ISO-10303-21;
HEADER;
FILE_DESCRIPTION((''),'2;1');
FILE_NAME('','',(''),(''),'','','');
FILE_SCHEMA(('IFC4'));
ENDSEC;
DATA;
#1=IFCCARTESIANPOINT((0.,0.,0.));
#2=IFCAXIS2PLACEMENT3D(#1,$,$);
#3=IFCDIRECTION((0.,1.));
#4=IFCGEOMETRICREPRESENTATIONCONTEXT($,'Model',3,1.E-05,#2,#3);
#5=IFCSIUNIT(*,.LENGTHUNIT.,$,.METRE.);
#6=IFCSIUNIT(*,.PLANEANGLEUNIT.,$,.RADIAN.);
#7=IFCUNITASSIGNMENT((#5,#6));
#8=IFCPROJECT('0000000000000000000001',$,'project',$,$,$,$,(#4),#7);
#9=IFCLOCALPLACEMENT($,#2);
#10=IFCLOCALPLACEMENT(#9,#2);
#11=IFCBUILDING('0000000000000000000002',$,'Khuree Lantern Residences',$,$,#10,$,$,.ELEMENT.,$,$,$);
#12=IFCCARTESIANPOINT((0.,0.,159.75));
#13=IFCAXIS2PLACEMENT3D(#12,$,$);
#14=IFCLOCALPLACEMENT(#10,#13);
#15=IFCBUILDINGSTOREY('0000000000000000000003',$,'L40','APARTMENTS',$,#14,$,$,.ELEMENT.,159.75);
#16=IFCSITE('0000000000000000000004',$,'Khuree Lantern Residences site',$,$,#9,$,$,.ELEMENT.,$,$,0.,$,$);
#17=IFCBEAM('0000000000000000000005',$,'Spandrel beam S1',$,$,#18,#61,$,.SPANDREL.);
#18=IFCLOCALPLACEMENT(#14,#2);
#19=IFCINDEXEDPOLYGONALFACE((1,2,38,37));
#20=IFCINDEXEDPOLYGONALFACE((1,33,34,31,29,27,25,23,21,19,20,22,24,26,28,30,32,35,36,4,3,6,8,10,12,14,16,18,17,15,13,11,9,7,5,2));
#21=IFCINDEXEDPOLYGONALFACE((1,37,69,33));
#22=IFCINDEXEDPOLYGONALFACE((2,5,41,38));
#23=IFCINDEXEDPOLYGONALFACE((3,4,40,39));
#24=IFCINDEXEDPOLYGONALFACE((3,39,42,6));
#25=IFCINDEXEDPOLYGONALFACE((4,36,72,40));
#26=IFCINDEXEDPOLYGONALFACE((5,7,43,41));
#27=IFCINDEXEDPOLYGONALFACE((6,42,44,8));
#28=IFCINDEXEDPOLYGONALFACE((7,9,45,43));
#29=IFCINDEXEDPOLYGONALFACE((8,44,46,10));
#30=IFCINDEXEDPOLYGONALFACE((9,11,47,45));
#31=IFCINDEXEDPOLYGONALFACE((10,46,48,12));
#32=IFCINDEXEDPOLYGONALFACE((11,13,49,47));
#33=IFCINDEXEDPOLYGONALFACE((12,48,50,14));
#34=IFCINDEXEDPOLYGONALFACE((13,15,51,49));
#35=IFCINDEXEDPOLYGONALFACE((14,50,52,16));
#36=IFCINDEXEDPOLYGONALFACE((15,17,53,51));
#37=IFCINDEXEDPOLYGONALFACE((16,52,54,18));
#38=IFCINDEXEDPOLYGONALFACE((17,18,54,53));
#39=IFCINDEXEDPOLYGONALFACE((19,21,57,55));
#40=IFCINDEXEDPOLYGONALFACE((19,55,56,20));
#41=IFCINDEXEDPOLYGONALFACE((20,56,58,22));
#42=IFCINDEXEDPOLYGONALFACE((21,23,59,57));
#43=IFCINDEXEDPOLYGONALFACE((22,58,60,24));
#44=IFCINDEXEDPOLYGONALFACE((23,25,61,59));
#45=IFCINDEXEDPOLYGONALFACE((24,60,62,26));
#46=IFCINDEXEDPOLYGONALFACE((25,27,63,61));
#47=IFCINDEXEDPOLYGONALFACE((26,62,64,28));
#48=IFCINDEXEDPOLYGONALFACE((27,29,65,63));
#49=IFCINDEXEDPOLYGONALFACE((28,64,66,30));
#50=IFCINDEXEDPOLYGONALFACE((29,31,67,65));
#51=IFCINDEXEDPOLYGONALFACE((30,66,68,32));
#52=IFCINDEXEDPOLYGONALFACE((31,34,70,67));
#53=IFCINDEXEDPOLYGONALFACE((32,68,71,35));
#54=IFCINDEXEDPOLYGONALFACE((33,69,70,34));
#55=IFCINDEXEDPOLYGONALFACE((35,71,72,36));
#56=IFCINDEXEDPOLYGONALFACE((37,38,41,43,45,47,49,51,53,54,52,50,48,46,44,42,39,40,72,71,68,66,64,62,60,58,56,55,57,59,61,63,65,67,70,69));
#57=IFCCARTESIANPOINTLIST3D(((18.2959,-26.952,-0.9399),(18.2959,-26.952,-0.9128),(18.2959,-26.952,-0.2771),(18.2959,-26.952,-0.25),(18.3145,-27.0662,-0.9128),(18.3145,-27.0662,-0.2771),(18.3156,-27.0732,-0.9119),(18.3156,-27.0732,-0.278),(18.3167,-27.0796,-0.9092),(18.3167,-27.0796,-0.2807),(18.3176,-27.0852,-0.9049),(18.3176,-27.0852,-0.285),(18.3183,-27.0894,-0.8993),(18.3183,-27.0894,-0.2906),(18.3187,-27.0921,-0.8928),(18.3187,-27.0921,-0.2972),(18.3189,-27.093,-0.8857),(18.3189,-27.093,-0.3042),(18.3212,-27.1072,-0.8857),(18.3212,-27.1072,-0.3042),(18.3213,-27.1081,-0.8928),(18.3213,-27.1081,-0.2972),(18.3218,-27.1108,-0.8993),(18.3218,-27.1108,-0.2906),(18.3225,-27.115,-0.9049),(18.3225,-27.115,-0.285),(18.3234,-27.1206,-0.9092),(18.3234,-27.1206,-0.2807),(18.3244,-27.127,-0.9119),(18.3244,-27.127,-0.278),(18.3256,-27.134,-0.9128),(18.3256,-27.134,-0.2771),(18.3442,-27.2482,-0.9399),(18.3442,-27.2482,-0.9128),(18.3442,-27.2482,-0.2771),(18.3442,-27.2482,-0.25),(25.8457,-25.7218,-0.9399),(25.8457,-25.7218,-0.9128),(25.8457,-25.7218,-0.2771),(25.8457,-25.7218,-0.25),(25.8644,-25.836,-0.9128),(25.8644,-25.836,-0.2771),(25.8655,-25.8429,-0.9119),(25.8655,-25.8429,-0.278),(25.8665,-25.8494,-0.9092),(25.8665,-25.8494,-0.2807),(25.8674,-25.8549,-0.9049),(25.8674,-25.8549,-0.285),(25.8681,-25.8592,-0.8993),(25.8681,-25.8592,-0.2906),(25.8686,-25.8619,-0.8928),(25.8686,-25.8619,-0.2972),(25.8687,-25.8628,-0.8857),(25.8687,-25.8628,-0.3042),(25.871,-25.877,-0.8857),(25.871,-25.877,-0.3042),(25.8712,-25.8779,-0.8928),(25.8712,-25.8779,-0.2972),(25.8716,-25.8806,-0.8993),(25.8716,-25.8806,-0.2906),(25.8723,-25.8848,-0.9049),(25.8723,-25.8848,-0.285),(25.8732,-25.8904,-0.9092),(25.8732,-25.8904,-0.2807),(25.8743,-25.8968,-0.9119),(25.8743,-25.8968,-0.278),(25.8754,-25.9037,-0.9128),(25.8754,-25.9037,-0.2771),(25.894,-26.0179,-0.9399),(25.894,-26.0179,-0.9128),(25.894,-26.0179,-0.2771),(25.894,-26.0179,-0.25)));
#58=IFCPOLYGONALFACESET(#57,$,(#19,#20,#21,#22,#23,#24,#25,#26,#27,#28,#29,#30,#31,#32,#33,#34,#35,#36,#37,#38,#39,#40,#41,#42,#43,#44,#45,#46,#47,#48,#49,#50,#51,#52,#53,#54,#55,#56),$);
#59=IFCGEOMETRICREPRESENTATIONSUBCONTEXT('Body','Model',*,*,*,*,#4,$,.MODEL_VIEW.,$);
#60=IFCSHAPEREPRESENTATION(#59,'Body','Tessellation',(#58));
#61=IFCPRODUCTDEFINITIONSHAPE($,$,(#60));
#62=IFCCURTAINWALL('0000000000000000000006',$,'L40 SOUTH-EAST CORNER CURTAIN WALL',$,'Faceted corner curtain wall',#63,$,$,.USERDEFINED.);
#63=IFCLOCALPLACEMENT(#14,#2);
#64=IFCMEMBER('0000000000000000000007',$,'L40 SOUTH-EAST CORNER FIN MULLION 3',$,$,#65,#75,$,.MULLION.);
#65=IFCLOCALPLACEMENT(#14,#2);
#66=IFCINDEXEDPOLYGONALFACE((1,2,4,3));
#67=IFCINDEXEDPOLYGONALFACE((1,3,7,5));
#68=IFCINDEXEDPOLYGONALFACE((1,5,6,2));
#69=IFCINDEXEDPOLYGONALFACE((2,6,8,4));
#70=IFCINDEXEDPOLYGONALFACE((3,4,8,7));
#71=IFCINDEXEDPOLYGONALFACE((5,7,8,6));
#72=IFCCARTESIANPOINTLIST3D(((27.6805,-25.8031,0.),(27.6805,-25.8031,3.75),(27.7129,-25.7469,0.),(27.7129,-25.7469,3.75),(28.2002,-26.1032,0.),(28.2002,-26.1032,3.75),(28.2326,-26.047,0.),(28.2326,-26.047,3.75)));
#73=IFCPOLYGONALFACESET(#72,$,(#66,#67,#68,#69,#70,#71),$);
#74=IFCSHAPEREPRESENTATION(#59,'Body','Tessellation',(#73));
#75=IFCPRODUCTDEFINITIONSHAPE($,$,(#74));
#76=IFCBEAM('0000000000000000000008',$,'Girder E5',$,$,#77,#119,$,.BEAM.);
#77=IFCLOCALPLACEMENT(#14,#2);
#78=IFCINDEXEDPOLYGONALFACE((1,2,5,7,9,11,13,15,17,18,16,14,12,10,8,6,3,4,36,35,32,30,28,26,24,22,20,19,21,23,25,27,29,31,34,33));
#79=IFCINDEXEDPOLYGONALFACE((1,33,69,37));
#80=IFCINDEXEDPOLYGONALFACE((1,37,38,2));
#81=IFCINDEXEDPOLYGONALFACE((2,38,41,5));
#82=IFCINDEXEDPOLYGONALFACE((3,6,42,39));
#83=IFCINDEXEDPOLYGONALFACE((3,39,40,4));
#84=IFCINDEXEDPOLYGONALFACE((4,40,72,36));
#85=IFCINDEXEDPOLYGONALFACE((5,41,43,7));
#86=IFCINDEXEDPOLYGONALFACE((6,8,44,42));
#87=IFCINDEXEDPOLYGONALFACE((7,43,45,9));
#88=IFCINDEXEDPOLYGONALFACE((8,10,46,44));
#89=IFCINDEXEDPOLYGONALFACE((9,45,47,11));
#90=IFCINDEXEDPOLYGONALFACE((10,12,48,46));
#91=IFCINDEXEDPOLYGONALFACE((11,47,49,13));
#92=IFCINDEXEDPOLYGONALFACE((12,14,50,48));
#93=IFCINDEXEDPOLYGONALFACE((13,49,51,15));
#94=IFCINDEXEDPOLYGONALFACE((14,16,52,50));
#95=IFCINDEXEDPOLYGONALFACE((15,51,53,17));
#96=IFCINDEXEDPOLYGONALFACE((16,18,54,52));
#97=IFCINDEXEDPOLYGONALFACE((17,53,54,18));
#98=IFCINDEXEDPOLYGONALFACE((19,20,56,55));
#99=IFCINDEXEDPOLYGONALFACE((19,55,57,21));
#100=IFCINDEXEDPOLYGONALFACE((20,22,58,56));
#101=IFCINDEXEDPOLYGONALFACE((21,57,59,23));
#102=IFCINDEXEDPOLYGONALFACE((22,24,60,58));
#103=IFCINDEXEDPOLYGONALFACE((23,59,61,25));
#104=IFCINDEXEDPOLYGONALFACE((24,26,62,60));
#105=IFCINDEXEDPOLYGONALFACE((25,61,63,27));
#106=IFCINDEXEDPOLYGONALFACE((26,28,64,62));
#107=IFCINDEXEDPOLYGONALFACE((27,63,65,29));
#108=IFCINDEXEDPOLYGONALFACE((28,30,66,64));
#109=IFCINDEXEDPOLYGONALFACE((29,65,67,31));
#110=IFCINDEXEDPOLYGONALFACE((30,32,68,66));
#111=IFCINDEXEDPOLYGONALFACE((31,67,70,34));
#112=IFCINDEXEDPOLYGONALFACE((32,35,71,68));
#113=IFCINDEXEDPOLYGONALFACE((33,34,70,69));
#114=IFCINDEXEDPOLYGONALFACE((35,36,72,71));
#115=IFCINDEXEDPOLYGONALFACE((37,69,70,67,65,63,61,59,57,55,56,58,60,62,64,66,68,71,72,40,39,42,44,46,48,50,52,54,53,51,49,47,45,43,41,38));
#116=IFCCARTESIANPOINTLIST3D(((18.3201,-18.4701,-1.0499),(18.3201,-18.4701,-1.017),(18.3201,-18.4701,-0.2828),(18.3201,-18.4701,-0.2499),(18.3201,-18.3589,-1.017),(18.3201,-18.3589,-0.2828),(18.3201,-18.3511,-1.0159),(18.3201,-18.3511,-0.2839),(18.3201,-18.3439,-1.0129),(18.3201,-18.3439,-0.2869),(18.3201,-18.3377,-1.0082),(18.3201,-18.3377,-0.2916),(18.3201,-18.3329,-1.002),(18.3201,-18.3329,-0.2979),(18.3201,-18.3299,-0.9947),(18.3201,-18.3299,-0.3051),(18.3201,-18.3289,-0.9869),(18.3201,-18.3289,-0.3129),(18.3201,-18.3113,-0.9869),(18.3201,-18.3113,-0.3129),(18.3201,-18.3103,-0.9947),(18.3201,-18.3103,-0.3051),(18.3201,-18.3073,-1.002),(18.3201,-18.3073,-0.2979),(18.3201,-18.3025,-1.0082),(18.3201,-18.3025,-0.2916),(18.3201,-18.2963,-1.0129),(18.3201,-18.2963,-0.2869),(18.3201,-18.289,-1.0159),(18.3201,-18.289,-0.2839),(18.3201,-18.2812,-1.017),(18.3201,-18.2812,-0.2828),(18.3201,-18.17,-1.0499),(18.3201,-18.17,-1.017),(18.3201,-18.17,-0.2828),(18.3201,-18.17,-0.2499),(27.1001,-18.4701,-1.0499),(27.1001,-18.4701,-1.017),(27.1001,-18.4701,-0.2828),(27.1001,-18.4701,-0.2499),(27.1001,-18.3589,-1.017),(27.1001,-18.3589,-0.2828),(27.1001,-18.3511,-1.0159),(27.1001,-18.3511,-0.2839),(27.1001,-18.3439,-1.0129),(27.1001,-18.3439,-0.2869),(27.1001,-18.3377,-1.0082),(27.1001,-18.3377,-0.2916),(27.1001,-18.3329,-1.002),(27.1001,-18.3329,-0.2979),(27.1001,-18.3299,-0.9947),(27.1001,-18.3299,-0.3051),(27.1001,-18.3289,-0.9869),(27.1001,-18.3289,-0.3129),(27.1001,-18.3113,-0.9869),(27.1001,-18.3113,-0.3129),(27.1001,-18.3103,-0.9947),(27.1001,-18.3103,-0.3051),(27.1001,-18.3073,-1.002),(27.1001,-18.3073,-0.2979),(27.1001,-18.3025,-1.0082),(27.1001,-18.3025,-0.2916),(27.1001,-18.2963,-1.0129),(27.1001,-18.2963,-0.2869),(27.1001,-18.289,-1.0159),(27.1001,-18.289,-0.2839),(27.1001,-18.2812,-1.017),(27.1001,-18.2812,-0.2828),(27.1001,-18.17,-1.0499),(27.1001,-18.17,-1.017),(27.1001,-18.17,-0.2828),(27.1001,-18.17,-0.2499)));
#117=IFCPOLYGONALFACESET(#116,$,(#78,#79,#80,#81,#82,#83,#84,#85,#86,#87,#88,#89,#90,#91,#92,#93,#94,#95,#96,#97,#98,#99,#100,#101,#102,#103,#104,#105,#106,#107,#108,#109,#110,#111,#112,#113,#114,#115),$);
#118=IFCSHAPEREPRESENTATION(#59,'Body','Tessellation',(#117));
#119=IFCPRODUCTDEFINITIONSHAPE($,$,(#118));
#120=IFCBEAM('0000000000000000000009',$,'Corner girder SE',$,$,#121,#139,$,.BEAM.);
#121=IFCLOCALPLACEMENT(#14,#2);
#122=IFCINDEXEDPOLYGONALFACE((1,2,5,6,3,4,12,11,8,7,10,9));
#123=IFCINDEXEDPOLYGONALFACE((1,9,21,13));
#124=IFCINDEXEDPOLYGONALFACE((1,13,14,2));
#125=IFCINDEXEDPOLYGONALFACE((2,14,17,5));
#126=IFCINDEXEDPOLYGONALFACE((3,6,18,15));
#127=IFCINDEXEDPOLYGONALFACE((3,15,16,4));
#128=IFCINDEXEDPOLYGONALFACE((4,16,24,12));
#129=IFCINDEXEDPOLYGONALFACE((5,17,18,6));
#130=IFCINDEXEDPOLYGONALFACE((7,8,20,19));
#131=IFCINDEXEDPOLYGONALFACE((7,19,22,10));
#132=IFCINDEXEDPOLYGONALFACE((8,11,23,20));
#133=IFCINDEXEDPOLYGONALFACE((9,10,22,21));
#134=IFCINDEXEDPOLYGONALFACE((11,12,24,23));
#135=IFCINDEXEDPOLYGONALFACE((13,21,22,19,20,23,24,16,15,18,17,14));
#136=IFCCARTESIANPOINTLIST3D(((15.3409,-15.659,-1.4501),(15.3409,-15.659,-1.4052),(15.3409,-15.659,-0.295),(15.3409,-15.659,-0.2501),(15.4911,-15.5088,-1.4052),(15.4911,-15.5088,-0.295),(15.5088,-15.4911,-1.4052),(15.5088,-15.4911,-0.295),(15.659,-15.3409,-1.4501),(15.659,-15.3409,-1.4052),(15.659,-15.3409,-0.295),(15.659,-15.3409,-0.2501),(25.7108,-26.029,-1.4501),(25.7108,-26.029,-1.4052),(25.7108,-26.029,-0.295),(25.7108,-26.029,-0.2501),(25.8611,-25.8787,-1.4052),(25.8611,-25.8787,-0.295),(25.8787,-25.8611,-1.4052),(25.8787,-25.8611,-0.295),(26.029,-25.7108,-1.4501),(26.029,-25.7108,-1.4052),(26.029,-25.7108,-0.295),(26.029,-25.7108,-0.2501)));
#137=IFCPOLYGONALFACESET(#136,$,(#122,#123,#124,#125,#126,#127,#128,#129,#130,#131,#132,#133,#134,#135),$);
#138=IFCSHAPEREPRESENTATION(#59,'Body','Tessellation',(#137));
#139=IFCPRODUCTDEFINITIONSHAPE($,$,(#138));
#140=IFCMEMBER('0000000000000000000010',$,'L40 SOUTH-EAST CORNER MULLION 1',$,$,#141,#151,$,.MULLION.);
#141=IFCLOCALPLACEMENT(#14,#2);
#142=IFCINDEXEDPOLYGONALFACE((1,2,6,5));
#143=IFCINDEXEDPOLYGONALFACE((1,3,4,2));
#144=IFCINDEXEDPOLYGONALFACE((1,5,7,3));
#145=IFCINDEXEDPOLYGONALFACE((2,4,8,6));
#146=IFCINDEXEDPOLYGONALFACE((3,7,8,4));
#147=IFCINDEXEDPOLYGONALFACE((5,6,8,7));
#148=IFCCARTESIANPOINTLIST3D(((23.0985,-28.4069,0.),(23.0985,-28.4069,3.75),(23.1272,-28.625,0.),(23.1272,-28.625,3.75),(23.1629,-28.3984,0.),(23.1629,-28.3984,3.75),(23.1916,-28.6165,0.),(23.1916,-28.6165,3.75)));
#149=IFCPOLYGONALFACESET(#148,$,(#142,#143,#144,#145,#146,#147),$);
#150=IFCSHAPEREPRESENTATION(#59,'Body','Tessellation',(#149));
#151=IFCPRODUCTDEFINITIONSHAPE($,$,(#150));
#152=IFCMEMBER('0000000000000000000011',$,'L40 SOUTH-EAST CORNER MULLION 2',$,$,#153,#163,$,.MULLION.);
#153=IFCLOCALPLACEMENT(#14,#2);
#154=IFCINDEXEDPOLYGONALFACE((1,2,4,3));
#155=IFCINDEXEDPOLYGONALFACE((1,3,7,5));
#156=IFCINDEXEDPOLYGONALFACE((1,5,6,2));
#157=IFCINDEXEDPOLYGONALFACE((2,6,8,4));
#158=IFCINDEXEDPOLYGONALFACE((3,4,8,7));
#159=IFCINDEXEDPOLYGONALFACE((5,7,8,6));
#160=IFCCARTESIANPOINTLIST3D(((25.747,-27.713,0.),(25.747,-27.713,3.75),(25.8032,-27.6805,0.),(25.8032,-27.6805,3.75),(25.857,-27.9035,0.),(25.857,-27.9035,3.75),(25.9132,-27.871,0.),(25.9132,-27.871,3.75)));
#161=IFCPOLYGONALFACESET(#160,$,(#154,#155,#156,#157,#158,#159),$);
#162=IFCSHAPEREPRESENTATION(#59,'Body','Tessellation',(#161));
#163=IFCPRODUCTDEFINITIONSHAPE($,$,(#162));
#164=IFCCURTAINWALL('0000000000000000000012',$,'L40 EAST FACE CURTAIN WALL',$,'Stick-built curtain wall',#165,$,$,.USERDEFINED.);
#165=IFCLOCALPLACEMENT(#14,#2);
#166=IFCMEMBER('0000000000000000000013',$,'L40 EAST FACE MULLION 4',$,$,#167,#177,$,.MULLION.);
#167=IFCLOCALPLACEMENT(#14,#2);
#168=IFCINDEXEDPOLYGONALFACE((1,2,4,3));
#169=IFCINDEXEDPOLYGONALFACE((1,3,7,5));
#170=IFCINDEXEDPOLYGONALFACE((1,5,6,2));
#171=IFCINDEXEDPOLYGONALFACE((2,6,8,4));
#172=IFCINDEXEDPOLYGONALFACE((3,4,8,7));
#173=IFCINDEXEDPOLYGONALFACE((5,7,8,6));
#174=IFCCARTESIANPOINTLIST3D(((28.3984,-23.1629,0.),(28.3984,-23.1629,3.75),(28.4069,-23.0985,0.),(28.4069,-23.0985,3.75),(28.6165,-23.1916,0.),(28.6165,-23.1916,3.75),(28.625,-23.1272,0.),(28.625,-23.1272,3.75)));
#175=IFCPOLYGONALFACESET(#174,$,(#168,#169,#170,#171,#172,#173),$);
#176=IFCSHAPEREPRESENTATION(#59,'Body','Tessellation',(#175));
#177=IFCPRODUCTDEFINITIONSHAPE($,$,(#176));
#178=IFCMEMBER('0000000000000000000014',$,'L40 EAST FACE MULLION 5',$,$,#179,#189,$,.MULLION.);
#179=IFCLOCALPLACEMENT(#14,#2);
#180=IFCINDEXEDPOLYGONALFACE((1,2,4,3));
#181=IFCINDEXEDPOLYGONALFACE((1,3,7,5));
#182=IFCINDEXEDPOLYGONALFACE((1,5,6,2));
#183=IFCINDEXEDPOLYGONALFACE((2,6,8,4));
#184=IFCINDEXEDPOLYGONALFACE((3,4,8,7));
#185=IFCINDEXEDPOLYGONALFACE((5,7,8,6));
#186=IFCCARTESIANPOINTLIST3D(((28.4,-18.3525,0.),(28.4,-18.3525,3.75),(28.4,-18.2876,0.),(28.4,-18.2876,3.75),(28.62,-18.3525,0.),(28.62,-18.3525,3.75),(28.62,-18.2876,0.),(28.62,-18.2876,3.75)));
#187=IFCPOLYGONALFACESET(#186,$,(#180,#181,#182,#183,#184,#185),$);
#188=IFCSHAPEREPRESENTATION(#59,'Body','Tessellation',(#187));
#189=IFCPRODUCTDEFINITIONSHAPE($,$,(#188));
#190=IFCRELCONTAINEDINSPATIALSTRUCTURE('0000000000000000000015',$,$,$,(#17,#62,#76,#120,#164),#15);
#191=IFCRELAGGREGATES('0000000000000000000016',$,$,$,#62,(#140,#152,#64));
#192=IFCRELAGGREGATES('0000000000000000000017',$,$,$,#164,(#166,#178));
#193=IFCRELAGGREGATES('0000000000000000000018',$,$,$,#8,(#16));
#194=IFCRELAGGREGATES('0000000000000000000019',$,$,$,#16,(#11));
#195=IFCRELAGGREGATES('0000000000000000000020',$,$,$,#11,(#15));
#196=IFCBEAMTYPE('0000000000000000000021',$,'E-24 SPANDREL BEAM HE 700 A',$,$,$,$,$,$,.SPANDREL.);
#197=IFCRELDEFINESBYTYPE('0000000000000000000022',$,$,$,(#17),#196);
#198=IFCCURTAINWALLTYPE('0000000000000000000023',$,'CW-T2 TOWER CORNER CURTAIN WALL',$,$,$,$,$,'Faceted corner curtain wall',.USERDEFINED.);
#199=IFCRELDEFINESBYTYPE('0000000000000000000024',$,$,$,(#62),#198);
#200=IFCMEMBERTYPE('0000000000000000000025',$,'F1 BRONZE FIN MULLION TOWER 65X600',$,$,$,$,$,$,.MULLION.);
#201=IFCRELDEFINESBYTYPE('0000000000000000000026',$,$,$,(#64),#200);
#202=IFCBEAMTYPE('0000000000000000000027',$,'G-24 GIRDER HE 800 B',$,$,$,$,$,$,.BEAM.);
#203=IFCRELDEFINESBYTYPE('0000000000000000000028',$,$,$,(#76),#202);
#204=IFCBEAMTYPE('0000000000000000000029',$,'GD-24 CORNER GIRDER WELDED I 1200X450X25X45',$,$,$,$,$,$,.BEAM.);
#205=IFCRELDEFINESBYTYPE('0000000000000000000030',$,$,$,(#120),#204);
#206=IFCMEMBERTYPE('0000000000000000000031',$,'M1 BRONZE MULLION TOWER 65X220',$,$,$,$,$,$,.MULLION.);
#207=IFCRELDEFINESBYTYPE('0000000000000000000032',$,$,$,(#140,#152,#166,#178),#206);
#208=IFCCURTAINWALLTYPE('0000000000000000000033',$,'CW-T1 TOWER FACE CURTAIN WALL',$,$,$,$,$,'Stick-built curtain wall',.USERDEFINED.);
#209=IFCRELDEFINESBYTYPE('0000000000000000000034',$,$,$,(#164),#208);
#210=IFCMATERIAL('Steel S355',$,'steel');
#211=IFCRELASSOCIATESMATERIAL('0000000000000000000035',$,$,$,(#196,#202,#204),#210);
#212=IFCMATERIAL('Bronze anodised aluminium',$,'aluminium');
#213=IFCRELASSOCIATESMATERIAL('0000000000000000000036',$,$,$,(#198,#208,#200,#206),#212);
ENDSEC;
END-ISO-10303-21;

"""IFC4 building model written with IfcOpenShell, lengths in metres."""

from ifc_helpers import new_model, si_unit, direction, frame, origin, origin_2d, place, context, subcontext, project, spatial, rectangle, i_section, extrude, material, material_profile, profile_set, type_object, element, aggregate, save


model = new_model("IFC4")

# Units and contexts
model_context = context("Model", 3, precision=1e-05, world=origin(), true_north=direction((0.0, 1.0)))
body_context = subcontext(model_context, "Body", "Model", "MODEL_VIEW")
ifc_project = project(units=[si_unit("LENGTHUNIT", "METRE"), si_unit("PLANEANGLEUNIT", "RADIAN")], contexts=[model_context])

# Site, building, storey
site_placement = place(None, origin())
site = spatial("IfcSite", under=ifc_project, at=site_placement, Name="Khuree Lantern Residences site", CompositionType="ELEMENT", RefElevation=0.0)
building_placement = place(site_placement, origin())
building = spatial("IfcBuilding", under=site, at=building_placement, Name="Khuree Lantern Residences", CompositionType="ELEMENT")
storey_placement = place(building_placement, frame((0.0, 0.0, 159.75)))
storey = spatial("IfcBuildingStorey", under=building, at=storey_placement, Name="L40", Description="APARTMENTS", CompositionType="ELEMENT", Elevation=159.75)

# Beam
ifc_material_1 = material(Name="Steel S355", Category="steel")
ifc_material_profile_1 = material_profile(ifc_material_1, i_section(OverallWidth=0.3, OverallDepth=0.6899, WebThickness=0.0144, FlangeThickness=0.0271, FilletRadius=0.0271, at=origin_2d()), Name="HE 700 A")
ifc_profile_set_1 = profile_set([ifc_material_profile_1], Name="Steel S355")
beam_type_1 = type_object("IfcBeamType", Name="E-24 SPANDREL BEAM HE 700 A", PredefinedType="SPANDREL", material=ifc_profile_set_1)
for number, where, z_axis, x_axis, name in (
    (1, (25.8699, -25.8699, -0.595), (-0.986983, -0.160827, 0.0), (0.160827, -0.986983, 0.0), "Spandrel beam S1"),
):
    element("IfcBeam", number, at=place(storey_placement, frame(where, z_axis=z_axis, x_axis=x_axis)), inside=storey, type_object=beam_type_1, Name=name, PredefinedType="SPANDREL", context=body_context, shape_type="SweptSolid", body=[
        extrude(i_section(OverallWidth=0.3, OverallDepth=0.6899, WebThickness=0.0144, FlangeThickness=0.0271, FilletRadius=0.0271, at=origin_2d()), origin(), (0.0, 0.0, 1.0), 7.6494),
    ])

# Curtain wall, member
ifc_material_2 = material(Name="Bronze anodised aluminium", Category="aluminium")
curtain_wall_type_1 = type_object("IfcCurtainWallType", Name="CW-T2 TOWER CORNER CURTAIN WALL", ElementType="Faceted corner curtain wall", PredefinedType="USERDEFINED", material=ifc_material_2)
curtain_wall_1_placement = place(storey_placement, origin())
curtain_wall_1 = element("IfcCurtainWall", 2, at=curtain_wall_1_placement, inside=storey, type_object=curtain_wall_type_1, Name="L40 SOUTH-EAST CORNER CURTAIN WALL", ObjectType="Faceted corner curtain wall", PredefinedType="USERDEFINED")
ifc_material_profile_2 = material_profile(ifc_material_2, rectangle(XDim=0.0649, YDim=0.6001, at=origin_2d()), Name="F1 65X600")
ifc_profile_set_2 = profile_set([ifc_material_profile_2], Name="Bronze anodised aluminium")
member_type_1 = type_object("IfcMemberType", Name="F1 BRONZE FIN MULLION TOWER 65X600", PredefinedType="MULLION", material=ifc_profile_set_2)
member_1_placement = place(storey_placement, frame((27.9565, -25.925, 0.0), z_axis=(0.0, 0.0, 1.0), x_axis=(0.5, 0.866025, 0.0)))
member_1 = element("IfcMember", 3, at=member_1_placement, type_object=member_type_1, Name="L40 SOUTH-EAST CORNER FIN MULLION 3", PredefinedType="MULLION", context=body_context, shape_type="SweptSolid", body=[
    extrude(rectangle(XDim=0.0649, YDim=0.6001, at=origin_2d()), origin(), (0.0, 0.0, 1.0), 3.75),
])

# Beams
ifc_material_profile_3 = material_profile(ifc_material_1, i_section(OverallWidth=0.3, OverallDepth=0.8, WebThickness=0.0176, FlangeThickness=0.033, FilletRadius=0.03, at=origin_2d()), Name="HE 800 B")
ifc_profile_set_3 = profile_set([ifc_material_profile_3], Name="Steel S355")
beam_type_2 = type_object("IfcBeamType", Name="G-24 GIRDER HE 800 B", PredefinedType="BEAM", material=ifc_profile_set_3)
beam_1_placement = place(storey_placement, frame((27.1001, -18.3201, -0.6499), z_axis=(-1.0, 0.0, 0.0), x_axis=(0.0, -1.0, 0.0)))
element("IfcBeam", 4, at=beam_1_placement, inside=storey, type_object=beam_type_2, Name="Girder E5", PredefinedType="BEAM", context=body_context, shape_type="SweptSolid", body=[
    extrude(i_section(OverallWidth=0.3, OverallDepth=0.8, WebThickness=0.0176, FlangeThickness=0.033, FilletRadius=0.03, at=origin_2d()), origin(), (0.0, 0.0, 1.0), 8.78),
])
ifc_material_profile_4 = material_profile(ifc_material_1, i_section(OverallWidth=0.45, OverallDepth=1.2, WebThickness=0.0249, FlangeThickness=0.0449, at=origin_2d()), Name="WELDED I 1200X450X25X45")
ifc_profile_set_4 = profile_set([ifc_material_profile_4], Name="Steel S355")
beam_type_3 = type_object("IfcBeamType", Name="GD-24 CORNER GIRDER WELDED I 1200X450X25X45", PredefinedType="BEAM", material=ifc_profile_set_4)
beam_2_placement = place(storey_placement, frame((25.8699, -25.8699, -0.8501), z_axis=(-0.707107, 0.707107, 0.0), x_axis=(-0.707107, -0.707107, 0.0)))
element("IfcBeam", 5, at=beam_2_placement, inside=storey, type_object=beam_type_3, Name="Corner girder SE", PredefinedType="BEAM", context=body_context, shape_type="SweptSolid", body=[
    extrude(i_section(OverallWidth=0.45, OverallDepth=1.2, WebThickness=0.0249, FlangeThickness=0.0449, at=origin_2d()), origin(), (0.0, 0.0, 1.0), 14.6653),
])

# Members
ifc_material_profile_5 = material_profile(ifc_material_2, rectangle(XDim=0.0649, YDim=0.22, at=origin_2d()), Name="M1 65X220")
ifc_profile_set_5 = profile_set([ifc_material_profile_5], Name="Bronze anodised aluminium")
member_type_2 = type_object("IfcMemberType", Name="M1 BRONZE MULLION TOWER 65X220", PredefinedType="MULLION", material=ifc_profile_set_5)
member_2_placement = place(storey_placement, frame((23.145, -28.5117, 0.0), z_axis=(0.0, 0.0, 1.0), x_axis=(0.991445, 0.130526, 0.0)))
member_2 = element("IfcMember", 6, at=member_2_placement, type_object=member_type_2, Name="L40 SOUTH-EAST CORNER MULLION 1", PredefinedType="MULLION", context=body_context, shape_type="SweptSolid", body=[
    extrude(rectangle(XDim=0.0649, YDim=0.22, at=origin_2d()), origin(), (0.0, 0.0, 1.0), 3.75),
])
member_3_placement = place(storey_placement, frame((25.8301, -27.792, 0.0), z_axis=(0.0, 0.0, 1.0), x_axis=(0.866025, 0.5, 0.0)))
member_3 = element("IfcMember", 7, at=member_3_placement, type_object=member_type_2, Name="L40 SOUTH-EAST CORNER MULLION 2", PredefinedType="MULLION", context=body_context, shape_type="SweptSolid", body=[
    extrude(rectangle(XDim=0.0649, YDim=0.22, at=origin_2d()), origin(), (0.0, 0.0, 1.0), 3.75),
])

# Curtain wall, members
curtain_wall_type_2 = type_object("IfcCurtainWallType", Name="CW-T1 TOWER FACE CURTAIN WALL", ElementType="Stick-built curtain wall", PredefinedType="USERDEFINED", material=ifc_material_2)
curtain_wall_2_placement = place(storey_placement, origin())
curtain_wall_2 = element("IfcCurtainWall", 8, at=curtain_wall_2_placement, inside=storey, type_object=curtain_wall_type_2, Name="L40 EAST FACE CURTAIN WALL", ObjectType="Stick-built curtain wall", PredefinedType="USERDEFINED")
member_4_placement = place(storey_placement, frame((28.5117, -23.145, 0.0), z_axis=(0.0, 0.0, 1.0), x_axis=(0.130526, 0.991445, 0.0)))
member_4 = element("IfcMember", 9, at=member_4_placement, type_object=member_type_2, Name="L40 EAST FACE MULLION 4", PredefinedType="MULLION", context=body_context, shape_type="SweptSolid", body=[
    extrude(rectangle(XDim=0.0649, YDim=0.22, at=origin_2d()), origin(), (0.0, 0.0, 1.0), 3.75),
])
member_5_placement = place(storey_placement, frame((28.51, -18.3201, 0.0), z_axis=(0.0, 0.0, 1.0), x_axis=(0.0, 1.0, 0.0)))
member_5 = element("IfcMember", 10, at=member_5_placement, type_object=member_type_2, Name="L40 EAST FACE MULLION 5", PredefinedType="MULLION", context=body_context, shape_type="SweptSolid", body=[
    extrude(rectangle(XDim=0.0649, YDim=0.22, at=origin_2d()), origin(), (0.0, 0.0, 1.0), 3.75),
])

aggregate(curtain_wall_1, [member_2, member_3, member_1])
aggregate(curtain_wall_2, [member_4, member_5])

save(model, "model.ifc")
